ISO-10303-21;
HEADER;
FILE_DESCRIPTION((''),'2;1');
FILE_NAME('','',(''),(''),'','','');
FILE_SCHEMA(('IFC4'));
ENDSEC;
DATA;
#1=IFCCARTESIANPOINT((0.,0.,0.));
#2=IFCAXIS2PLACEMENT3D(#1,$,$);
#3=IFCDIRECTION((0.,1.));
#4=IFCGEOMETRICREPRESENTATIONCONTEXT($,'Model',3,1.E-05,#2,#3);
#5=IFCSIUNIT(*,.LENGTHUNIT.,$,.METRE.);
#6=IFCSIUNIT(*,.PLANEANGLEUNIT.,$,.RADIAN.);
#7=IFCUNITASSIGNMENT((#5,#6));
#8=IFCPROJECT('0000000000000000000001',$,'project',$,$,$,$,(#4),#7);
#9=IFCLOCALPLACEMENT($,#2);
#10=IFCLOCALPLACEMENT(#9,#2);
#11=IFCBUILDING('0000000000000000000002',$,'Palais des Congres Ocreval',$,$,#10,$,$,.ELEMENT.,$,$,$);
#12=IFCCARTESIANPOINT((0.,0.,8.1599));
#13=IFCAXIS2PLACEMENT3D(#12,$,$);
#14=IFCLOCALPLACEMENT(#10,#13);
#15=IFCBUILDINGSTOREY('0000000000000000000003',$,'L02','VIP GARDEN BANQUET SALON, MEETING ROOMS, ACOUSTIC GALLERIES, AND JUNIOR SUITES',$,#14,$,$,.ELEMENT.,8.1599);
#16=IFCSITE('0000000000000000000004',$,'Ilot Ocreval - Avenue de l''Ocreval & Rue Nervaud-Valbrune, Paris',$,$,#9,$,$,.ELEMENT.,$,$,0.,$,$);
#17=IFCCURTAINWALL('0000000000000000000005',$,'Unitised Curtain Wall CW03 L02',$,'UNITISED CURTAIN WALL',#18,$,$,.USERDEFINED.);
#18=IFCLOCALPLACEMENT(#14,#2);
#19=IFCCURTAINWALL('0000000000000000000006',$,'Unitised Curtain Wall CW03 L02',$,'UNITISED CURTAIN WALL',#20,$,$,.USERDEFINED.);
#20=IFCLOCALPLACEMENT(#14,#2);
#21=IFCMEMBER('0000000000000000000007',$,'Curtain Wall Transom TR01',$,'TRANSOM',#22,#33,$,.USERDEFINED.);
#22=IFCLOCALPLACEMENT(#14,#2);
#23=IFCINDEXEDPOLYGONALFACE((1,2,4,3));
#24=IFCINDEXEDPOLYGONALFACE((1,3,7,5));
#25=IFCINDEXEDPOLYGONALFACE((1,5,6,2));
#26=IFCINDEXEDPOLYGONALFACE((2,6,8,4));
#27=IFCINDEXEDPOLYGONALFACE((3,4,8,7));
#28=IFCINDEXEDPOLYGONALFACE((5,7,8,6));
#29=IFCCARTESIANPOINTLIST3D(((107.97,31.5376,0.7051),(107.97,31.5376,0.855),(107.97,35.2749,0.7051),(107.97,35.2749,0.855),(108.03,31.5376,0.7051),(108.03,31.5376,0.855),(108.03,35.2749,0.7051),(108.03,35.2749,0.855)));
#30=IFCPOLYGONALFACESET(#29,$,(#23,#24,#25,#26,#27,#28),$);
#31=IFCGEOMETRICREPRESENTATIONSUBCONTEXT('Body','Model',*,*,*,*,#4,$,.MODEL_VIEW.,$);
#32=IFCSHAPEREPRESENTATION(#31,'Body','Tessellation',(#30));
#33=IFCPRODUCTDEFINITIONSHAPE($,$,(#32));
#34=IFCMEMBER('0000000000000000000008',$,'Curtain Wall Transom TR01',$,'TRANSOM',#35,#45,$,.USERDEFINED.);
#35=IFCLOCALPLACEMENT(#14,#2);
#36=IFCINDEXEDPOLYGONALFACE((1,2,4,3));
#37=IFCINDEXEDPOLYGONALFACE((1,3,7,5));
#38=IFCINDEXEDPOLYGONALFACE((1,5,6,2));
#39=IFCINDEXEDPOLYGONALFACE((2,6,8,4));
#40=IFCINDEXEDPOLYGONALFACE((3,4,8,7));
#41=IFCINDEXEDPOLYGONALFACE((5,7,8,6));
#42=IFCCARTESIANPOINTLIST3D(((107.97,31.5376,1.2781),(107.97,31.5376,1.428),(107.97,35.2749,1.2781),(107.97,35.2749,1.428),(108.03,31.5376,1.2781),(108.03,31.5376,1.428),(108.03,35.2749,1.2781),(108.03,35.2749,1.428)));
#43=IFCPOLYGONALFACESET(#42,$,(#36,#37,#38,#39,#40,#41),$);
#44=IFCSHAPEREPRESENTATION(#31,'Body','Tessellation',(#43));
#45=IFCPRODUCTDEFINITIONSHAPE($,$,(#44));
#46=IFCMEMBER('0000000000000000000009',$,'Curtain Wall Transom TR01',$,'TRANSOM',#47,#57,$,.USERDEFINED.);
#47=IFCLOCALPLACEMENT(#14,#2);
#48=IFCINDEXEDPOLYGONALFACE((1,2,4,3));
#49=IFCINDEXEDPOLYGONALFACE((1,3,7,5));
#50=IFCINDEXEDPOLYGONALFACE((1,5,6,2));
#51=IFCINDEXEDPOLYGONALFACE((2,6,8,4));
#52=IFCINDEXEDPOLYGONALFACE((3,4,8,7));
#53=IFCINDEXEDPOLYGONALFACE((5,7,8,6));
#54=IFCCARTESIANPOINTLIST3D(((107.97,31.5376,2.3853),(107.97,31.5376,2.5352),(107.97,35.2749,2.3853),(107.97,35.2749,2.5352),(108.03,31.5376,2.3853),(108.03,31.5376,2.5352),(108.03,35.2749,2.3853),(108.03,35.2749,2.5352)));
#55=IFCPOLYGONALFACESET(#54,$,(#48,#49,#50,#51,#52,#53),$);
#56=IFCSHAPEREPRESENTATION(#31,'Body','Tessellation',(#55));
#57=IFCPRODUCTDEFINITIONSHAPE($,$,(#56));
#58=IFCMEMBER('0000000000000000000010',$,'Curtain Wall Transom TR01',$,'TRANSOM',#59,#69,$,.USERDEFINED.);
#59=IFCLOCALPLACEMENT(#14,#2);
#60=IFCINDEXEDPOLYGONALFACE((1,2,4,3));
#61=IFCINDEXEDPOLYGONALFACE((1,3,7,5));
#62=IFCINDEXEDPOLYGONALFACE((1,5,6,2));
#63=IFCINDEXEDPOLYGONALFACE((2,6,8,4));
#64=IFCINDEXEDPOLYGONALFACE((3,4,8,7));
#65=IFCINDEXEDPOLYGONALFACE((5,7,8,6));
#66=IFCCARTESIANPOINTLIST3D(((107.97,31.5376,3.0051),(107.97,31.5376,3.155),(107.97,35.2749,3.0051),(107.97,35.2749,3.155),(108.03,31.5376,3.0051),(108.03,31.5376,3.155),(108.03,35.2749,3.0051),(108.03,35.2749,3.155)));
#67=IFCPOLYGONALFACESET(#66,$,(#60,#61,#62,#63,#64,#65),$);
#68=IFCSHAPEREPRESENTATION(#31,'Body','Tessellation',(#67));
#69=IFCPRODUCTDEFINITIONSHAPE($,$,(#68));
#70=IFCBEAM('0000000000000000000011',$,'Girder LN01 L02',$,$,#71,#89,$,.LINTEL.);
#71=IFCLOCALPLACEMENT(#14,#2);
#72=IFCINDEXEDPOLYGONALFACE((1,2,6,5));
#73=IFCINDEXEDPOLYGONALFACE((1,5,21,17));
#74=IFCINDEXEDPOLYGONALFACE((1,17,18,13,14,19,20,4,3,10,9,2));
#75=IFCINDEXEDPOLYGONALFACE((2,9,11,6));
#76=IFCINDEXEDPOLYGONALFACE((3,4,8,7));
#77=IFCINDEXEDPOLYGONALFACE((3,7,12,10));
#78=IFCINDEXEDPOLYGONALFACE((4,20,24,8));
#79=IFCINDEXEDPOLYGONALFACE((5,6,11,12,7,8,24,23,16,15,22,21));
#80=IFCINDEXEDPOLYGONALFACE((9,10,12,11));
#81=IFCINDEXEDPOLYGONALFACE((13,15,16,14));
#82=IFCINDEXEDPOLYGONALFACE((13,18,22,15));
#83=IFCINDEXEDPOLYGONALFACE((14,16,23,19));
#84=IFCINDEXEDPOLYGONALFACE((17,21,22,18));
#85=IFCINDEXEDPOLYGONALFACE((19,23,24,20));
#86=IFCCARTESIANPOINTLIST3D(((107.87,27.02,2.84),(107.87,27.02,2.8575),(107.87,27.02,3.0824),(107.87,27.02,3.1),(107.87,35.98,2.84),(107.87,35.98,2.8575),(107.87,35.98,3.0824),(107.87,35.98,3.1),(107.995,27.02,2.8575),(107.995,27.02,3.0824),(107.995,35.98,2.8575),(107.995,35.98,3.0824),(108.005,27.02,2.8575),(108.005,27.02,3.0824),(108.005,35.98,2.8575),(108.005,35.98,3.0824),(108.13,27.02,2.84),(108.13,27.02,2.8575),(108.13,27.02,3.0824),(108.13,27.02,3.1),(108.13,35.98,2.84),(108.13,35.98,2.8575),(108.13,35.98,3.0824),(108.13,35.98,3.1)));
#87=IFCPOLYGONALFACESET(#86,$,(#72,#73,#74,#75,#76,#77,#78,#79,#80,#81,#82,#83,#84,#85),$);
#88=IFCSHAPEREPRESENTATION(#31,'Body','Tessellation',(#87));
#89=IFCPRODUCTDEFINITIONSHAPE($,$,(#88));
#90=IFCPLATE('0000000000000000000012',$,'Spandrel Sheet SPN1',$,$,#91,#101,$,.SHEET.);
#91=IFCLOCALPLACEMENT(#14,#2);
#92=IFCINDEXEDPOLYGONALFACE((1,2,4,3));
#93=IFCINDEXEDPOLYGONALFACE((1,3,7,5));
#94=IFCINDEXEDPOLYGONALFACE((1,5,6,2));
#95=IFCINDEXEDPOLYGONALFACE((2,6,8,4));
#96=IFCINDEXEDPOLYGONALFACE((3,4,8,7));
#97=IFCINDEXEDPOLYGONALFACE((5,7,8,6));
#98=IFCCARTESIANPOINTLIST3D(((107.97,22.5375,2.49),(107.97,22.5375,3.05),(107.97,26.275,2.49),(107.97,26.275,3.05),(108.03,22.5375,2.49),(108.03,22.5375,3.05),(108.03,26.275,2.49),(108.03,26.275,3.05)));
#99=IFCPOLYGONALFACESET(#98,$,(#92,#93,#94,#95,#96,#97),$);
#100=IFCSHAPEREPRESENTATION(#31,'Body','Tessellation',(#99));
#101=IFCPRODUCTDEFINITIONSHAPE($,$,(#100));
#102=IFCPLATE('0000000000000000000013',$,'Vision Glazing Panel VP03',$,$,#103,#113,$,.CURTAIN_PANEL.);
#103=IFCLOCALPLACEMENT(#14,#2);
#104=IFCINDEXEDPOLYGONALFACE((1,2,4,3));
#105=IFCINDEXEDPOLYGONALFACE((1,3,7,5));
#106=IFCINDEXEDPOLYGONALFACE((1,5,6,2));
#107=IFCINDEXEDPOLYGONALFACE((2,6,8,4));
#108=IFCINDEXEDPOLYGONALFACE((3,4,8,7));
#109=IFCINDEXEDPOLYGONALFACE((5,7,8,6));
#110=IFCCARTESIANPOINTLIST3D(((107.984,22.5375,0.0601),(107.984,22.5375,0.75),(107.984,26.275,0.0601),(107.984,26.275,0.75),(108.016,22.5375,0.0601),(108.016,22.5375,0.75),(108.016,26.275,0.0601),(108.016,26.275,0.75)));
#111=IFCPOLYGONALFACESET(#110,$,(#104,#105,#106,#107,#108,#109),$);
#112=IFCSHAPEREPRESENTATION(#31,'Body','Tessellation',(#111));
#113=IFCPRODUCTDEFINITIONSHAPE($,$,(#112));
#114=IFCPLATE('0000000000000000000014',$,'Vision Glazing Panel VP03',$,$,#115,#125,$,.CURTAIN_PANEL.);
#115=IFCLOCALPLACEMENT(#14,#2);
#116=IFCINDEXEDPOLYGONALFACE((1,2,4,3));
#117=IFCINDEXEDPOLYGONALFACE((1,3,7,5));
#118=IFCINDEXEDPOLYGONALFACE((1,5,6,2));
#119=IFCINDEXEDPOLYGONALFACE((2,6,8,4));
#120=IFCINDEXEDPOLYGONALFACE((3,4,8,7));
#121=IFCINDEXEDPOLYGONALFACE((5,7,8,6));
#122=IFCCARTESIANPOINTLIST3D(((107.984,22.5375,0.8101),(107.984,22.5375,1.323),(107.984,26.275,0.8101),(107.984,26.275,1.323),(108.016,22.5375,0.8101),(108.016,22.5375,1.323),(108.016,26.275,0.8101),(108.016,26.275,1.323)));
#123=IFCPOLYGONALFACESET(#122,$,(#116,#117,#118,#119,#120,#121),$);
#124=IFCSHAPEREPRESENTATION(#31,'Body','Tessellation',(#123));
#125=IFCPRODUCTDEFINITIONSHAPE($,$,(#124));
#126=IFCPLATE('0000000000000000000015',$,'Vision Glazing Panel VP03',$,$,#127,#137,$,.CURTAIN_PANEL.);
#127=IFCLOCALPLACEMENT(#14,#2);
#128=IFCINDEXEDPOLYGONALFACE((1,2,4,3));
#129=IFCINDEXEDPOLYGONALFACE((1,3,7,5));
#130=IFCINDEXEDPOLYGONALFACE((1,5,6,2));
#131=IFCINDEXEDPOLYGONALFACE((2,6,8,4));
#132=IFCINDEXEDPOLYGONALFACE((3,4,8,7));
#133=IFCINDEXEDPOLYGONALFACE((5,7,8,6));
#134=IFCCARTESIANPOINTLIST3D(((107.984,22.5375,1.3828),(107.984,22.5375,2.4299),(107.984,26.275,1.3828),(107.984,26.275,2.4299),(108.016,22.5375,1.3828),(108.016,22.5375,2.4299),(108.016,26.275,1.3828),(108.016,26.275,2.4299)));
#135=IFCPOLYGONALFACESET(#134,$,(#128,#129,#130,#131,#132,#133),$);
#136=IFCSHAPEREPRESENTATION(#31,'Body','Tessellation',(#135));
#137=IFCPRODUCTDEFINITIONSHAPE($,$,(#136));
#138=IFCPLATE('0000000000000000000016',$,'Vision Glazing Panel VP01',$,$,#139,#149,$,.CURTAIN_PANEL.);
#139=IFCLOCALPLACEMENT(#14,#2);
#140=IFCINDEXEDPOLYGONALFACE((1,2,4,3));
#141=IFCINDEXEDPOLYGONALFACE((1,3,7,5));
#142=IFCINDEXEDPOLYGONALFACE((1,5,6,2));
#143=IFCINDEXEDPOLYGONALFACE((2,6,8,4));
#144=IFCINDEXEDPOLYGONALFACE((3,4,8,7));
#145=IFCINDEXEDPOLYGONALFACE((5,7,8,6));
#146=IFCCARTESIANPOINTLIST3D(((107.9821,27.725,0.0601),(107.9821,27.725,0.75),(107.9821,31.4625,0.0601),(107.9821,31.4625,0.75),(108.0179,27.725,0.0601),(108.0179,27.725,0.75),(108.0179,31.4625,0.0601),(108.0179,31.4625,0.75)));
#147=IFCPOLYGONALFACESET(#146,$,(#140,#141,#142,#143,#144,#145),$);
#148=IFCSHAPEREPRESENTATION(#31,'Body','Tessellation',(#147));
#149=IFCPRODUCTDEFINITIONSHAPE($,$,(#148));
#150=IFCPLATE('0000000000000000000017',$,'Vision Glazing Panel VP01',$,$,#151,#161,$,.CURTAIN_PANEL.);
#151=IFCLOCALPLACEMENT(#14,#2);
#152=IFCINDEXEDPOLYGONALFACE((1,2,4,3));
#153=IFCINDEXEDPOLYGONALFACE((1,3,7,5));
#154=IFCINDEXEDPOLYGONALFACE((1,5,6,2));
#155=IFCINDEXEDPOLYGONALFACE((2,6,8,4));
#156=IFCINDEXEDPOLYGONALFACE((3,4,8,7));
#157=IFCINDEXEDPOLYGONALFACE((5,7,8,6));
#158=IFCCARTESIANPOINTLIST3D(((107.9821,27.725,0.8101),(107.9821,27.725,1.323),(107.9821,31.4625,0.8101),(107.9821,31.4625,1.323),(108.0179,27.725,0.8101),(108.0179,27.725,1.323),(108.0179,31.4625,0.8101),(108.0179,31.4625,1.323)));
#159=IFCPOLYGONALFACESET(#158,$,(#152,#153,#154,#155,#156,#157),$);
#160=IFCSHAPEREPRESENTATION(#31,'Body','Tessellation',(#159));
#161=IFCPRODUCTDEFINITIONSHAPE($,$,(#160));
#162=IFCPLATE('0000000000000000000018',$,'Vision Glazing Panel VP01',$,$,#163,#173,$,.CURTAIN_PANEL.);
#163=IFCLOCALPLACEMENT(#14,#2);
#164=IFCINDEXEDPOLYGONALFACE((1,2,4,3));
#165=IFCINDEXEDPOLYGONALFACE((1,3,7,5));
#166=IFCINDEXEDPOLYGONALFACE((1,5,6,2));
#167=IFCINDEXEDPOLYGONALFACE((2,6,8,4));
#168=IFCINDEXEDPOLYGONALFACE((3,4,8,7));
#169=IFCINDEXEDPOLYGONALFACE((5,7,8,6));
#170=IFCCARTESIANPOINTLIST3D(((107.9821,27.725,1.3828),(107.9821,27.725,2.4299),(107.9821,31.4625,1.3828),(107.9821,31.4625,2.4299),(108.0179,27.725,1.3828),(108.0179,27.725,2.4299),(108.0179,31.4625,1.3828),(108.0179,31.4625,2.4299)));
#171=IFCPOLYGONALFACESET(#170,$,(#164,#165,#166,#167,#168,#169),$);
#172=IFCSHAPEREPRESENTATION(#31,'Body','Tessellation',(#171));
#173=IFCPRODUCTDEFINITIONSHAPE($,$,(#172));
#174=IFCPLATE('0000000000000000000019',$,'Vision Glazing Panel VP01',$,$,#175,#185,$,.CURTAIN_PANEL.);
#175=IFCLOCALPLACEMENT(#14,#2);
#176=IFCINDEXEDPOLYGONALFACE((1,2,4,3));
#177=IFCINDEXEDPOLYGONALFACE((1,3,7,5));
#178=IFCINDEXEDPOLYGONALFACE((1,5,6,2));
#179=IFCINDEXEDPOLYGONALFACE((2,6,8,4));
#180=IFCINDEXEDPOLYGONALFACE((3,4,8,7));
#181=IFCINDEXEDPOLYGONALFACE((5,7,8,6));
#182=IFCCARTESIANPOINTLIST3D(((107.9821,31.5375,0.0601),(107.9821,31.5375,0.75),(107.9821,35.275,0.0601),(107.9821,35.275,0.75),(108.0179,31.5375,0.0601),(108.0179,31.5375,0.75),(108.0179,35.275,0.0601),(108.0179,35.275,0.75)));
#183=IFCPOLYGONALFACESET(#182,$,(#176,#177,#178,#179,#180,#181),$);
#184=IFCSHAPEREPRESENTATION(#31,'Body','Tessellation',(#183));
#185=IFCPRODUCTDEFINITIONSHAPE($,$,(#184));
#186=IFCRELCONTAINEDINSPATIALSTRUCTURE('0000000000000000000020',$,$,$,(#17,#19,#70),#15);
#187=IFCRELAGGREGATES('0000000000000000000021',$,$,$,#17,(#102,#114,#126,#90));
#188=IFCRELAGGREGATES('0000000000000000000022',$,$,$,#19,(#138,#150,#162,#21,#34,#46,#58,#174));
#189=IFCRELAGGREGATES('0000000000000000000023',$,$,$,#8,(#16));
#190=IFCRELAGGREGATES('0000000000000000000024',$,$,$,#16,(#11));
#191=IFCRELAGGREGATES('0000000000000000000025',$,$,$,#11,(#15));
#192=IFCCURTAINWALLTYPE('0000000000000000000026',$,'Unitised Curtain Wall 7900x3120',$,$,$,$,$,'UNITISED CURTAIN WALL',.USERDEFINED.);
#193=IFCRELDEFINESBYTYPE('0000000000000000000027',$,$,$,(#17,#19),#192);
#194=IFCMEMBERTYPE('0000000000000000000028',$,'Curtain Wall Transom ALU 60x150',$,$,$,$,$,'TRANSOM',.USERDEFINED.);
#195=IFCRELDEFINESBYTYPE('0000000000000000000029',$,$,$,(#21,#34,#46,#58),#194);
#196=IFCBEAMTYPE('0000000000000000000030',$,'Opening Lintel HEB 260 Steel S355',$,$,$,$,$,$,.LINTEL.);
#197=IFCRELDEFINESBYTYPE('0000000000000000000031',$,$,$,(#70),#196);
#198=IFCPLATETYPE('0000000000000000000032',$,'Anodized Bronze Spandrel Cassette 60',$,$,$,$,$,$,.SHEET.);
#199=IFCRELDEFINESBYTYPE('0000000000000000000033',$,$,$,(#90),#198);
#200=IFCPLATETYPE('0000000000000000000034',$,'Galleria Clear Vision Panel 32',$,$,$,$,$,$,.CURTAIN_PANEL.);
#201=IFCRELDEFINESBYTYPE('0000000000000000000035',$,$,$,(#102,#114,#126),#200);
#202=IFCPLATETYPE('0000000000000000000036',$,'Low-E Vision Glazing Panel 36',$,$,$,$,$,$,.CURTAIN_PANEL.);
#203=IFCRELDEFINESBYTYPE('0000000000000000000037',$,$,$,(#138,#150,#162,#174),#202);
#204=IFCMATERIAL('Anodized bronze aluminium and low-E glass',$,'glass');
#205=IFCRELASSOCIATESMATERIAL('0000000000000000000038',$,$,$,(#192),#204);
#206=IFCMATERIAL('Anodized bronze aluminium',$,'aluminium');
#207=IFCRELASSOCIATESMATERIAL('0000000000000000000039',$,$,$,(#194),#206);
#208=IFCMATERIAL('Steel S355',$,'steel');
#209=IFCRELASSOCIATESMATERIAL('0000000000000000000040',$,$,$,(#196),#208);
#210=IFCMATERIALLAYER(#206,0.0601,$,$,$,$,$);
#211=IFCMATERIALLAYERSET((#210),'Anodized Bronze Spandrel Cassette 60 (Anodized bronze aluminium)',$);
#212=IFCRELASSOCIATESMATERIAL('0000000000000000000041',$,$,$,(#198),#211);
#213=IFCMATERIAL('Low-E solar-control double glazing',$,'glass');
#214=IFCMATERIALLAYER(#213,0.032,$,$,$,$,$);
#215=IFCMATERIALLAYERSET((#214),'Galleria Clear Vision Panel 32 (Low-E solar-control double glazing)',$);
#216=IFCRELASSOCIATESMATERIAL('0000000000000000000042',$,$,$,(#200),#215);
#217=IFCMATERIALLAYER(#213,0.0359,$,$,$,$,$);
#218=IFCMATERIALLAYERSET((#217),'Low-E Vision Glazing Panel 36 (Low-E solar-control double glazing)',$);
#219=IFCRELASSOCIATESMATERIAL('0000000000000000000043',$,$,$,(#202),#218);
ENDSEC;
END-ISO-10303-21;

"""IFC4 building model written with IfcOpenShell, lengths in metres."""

from ifc_helpers import new_model, si_unit, direction, frame, origin, origin_2d, place, context, subcontext, project, spatial, rectangle, i_section, extrude, material, layer, layer_set, material_profile, profile_set, type_object, element, aggregate, save


model = new_model("IFC4")

# Units and contexts
model_context = context("Model", 3, precision=1e-05, world=origin(), true_north=direction((0.0, 1.0)))
body_context = subcontext(model_context, "Body", "Model", "MODEL_VIEW")
ifc_project = project(units=[si_unit("LENGTHUNIT", "METRE"), si_unit("PLANEANGLEUNIT", "RADIAN")], contexts=[model_context])

# Site, building, storey
site_placement = place(None, origin())
site = spatial("IfcSite", under=ifc_project, at=site_placement, Name="Ilot Ocreval - Avenue de l'Ocreval & Rue Nervaud-Valbrune, Paris", CompositionType="ELEMENT", RefElevation=0.0)
building_placement = place(site_placement, origin())
building = spatial("IfcBuilding", under=site, at=building_placement, Name="Palais des Congres Ocreval", CompositionType="ELEMENT")
storey_placement = place(building_placement, frame((0.0, 0.0, 8.1599)))
storey = spatial("IfcBuildingStorey", under=building, at=storey_placement, Name="L02", Description="VIP GARDEN BANQUET SALON, MEETING ROOMS, ACOUSTIC GALLERIES, AND JUNIOR SUITES", CompositionType="ELEMENT", Elevation=8.1599)

# Shared definitions
ifc_material_1 = material(Name="Steel S355", Category="steel")

# Curtain wall
ifc_material_2 = material(Name="Anodized bronze aluminium and low-E glass", Category="glass")
curtain_wall_type = type_object("IfcCurtainWallType", Name="Unitised Curtain Wall 7900x3120", ElementType="UNITISED CURTAIN WALL", PredefinedType="USERDEFINED", material=ifc_material_2)
curtain_wall_1_placement = place(storey_placement, origin())
curtain_wall_1 = element("IfcCurtainWall", 1, at=curtain_wall_1_placement, inside=storey, type_object=curtain_wall_type, Name="Unitised Curtain Wall CW03 L02", ObjectType="UNITISED CURTAIN WALL", PredefinedType="USERDEFINED")
ifc_material_3 = material(Name="Anodized bronze aluminium", Category="aluminium")

# Curtain wall
curtain_wall_2_placement = place(storey_placement, origin())
curtain_wall_2 = element("IfcCurtainWall", 2, at=curtain_wall_2_placement, inside=storey, type_object=curtain_wall_type, Name="Unitised Curtain Wall CW03 L02", ObjectType="UNITISED CURTAIN WALL", PredefinedType="USERDEFINED")

# Members
ifc_material_profile_1 = material_profile(ifc_material_3, rectangle(XDim=0.0601, YDim=0.1499, at=origin_2d()), Name="ALU 60x150")
ifc_profile_set_1 = profile_set([ifc_material_profile_1], Name="Anodized bronze aluminium")
member_type_1 = type_object("IfcMemberType", Name="Curtain Wall Transom ALU 60x150", ElementType="TRANSOM", PredefinedType="USERDEFINED", material=ifc_profile_set_1)
member_1_placement = place(storey_placement, frame((108.0, 31.5376, 0.78), z_axis=(0.0, 1.0, 0.0), x_axis=(-1.0, 0.0, 0.0)))
member_1 = element("IfcMember", 3, at=member_1_placement, type_object=member_type_1, Name="Curtain Wall Transom TR01", ObjectType="TRANSOM", PredefinedType="USERDEFINED", context=body_context, shape_type="SweptSolid", body=[
    extrude(rectangle(XDim=0.0601, YDim=0.1499, at=origin_2d()), origin(), (0.0, 0.0, 1.0), 3.7373),
])
member_2_placement = place(storey_placement, frame((108.0, 31.5376, 1.353), z_axis=(0.0, 1.0, 0.0), x_axis=(-1.0, 0.0, 0.0)))
member_2 = element("IfcMember", 4, at=member_2_placement, type_object=member_type_1, Name="Curtain Wall Transom TR01", ObjectType="TRANSOM", PredefinedType="USERDEFINED", context=body_context, shape_type="SweptSolid", body=[
    extrude(rectangle(XDim=0.0601, YDim=0.1499, at=origin_2d()), origin(), (0.0, 0.0, 1.0), 3.7373),
])
member_3_placement = place(storey_placement, frame((108.0, 31.5376, 2.4602), z_axis=(0.0, 1.0, 0.0), x_axis=(-1.0, 0.0, 0.0)))
member_3 = element("IfcMember", 5, at=member_3_placement, type_object=member_type_1, Name="Curtain Wall Transom TR01", ObjectType="TRANSOM", PredefinedType="USERDEFINED", context=body_context, shape_type="SweptSolid", body=[
    extrude(rectangle(XDim=0.0601, YDim=0.1499, at=origin_2d()), origin(), (0.0, 0.0, 1.0), 3.7373),
])
member_4_placement = place(storey_placement, frame((108.0, 31.5376, 3.0801), z_axis=(0.0, 1.0, 0.0), x_axis=(-1.0, 0.0, 0.0)))
member_4 = element("IfcMember", 6, at=member_4_placement, type_object=member_type_1, Name="Curtain Wall Transom TR01", ObjectType="TRANSOM", PredefinedType="USERDEFINED", context=body_context, shape_type="SweptSolid", body=[
    extrude(rectangle(XDim=0.0601, YDim=0.1499, at=origin_2d()), origin(), (0.0, 0.0, 1.0), 3.7373),
])

# Beam
ifc_material_profile_2 = material_profile(ifc_material_1, i_section(OverallWidth=0.26, OverallDepth=0.26, WebThickness=0.01, FlangeThickness=0.0176, at=origin_2d()), Name="HEB 260")
ifc_profile_set_2 = profile_set([ifc_material_profile_2], Name="Steel S355")
beam_type = type_object("IfcBeamType", Name="Opening Lintel HEB 260 Steel S355", PredefinedType="LINTEL", material=ifc_profile_set_2)
beam_placement = place(storey_placement, frame((108.0, 27.02, 2.97), z_axis=(0.0, 1.0, 0.0), x_axis=(-1.0, 0.0, 0.0)))
element("IfcBeam", 7, at=beam_placement, inside=storey, type_object=beam_type, Name="Girder LN01 L02", PredefinedType="LINTEL", context=body_context, shape_type="SweptSolid", body=[
    extrude(i_section(OverallWidth=0.26, OverallDepth=0.26, WebThickness=0.01, FlangeThickness=0.0176, at=origin_2d()), origin(), (0.0, 0.0, 1.0), 8.96),
])

# Plates
ifc_layer_1 = layer(ifc_material_3, 0.0601)
ifc_layer_set_1 = layer_set([ifc_layer_1], Name="Anodized Bronze Spandrel Cassette 60 (Anodized bronze aluminium)")
plate_type_1 = type_object("IfcPlateType", Name="Anodized Bronze Spandrel Cassette 60", PredefinedType="SHEET", material=ifc_layer_set_1)
plate_1_placement = place(storey_placement, frame((108.0, 24.4062, 2.49), z_axis=(0.0, 0.0, 1.0), x_axis=(0.0, 1.0, 0.0)))
plate_1 = element("IfcPlate", 8, at=plate_1_placement, type_object=plate_type_1, Name="Spandrel Sheet SPN1", PredefinedType="SHEET", context=body_context, shape_type="SweptSolid", body=[
    extrude(rectangle(XDim=3.7375, YDim=0.0601, at=origin_2d()), origin(), (0.0, 0.0, 1.0), 0.5601),
])
ifc_material_4 = material(Name="Low-E solar-control double glazing", Category="glass")
ifc_layer_2 = layer(ifc_material_4, 0.032)
ifc_layer_set_2 = layer_set([ifc_layer_2], Name="Galleria Clear Vision Panel 32 (Low-E solar-control double glazing)")
plate_type_2 = type_object("IfcPlateType", Name="Galleria Clear Vision Panel 32", PredefinedType="CURTAIN_PANEL", material=ifc_layer_set_2)
plate_2_placement = place(storey_placement, frame((108.0, 24.4062, 0.0601), z_axis=(0.0, 0.0, 1.0), x_axis=(0.0, 1.0, 0.0)))
plate_2 = element("IfcPlate", 9, at=plate_2_placement, type_object=plate_type_2, Name="Vision Glazing Panel VP03", PredefinedType="CURTAIN_PANEL", context=body_context, shape_type="SweptSolid", body=[
    extrude(rectangle(XDim=3.7375, YDim=0.032, at=origin_2d()), origin(), (0.0, 0.0, 1.0), 0.6899),
])
plate_3_placement = place(storey_placement, frame((108.0, 24.4062, 0.8101), z_axis=(0.0, 0.0, 1.0), x_axis=(0.0, 1.0, 0.0)))
plate_3 = element("IfcPlate", 10, at=plate_3_placement, type_object=plate_type_2, Name="Vision Glazing Panel VP03", PredefinedType="CURTAIN_PANEL", context=body_context, shape_type="SweptSolid", body=[
    extrude(rectangle(XDim=3.7375, YDim=0.032, at=origin_2d()), origin(), (0.0, 0.0, 1.0), 0.5129),
])
plate_4_placement = place(storey_placement, frame((108.0, 24.4062, 1.3828), z_axis=(0.0, 0.0, 1.0), x_axis=(0.0, 1.0, 0.0)))
plate_4 = element("IfcPlate", 11, at=plate_4_placement, type_object=plate_type_2, Name="Vision Glazing Panel VP03", PredefinedType="CURTAIN_PANEL", context=body_context, shape_type="SweptSolid", body=[
    extrude(rectangle(XDim=3.7375, YDim=0.032, at=origin_2d()), origin(), (0.0, 0.0, 1.0), 1.0471),
])
aggregate(curtain_wall_1, [plate_2, plate_3, plate_4, plate_1])
ifc_layer_3 = layer(ifc_material_4, 0.0359)
ifc_layer_set_3 = layer_set([ifc_layer_3], Name="Low-E Vision Glazing Panel 36 (Low-E solar-control double glazing)")
plate_type_3 = type_object("IfcPlateType", Name="Low-E Vision Glazing Panel 36", PredefinedType="CURTAIN_PANEL", material=ifc_layer_set_3)
plate_5_placement = place(storey_placement, frame((108.0, 29.5938, 0.0601), z_axis=(0.0, 0.0, 1.0), x_axis=(0.0, 1.0, 0.0)))
plate_5 = element("IfcPlate", 12, at=plate_5_placement, type_object=plate_type_3, Name="Vision Glazing Panel VP01", PredefinedType="CURTAIN_PANEL", context=body_context, shape_type="SweptSolid", body=[
    extrude(rectangle(XDim=3.7375, YDim=0.0359, at=origin_2d()), origin(), (0.0, 0.0, 1.0), 0.6899),
])
plate_6_placement = place(storey_placement, frame((108.0, 29.5938, 0.8101), z_axis=(0.0, 0.0, 1.0), x_axis=(0.0, 1.0, 0.0)))
plate_6 = element("IfcPlate", 13, at=plate_6_placement, type_object=plate_type_3, Name="Vision Glazing Panel VP01", PredefinedType="CURTAIN_PANEL", context=body_context, shape_type="SweptSolid", body=[
    extrude(rectangle(XDim=3.7375, YDim=0.0359, at=origin_2d()), origin(), (0.0, 0.0, 1.0), 0.5129),
])
plate_7_placement = place(storey_placement, frame((108.0, 29.5938, 1.3828), z_axis=(0.0, 0.0, 1.0), x_axis=(0.0, 1.0, 0.0)))
plate_7 = element("IfcPlate", 14, at=plate_7_placement, type_object=plate_type_3, Name="Vision Glazing Panel VP01", PredefinedType="CURTAIN_PANEL", context=body_context, shape_type="SweptSolid", body=[
    extrude(rectangle(XDim=3.7375, YDim=0.0359, at=origin_2d()), origin(), (0.0, 0.0, 1.0), 1.0471),
])
plate_8_placement = place(storey_placement, frame((108.0, 33.4062, 0.0601), z_axis=(0.0, 0.0, 1.0), x_axis=(0.0, 1.0, 0.0)))
plate_8 = element("IfcPlate", 15, at=plate_8_placement, type_object=plate_type_3, Name="Vision Glazing Panel VP01", PredefinedType="CURTAIN_PANEL", context=body_context, shape_type="SweptSolid", body=[
    extrude(rectangle(XDim=3.7375, YDim=0.0359, at=origin_2d()), origin(), (0.0, 0.0, 1.0), 0.6899),
])

aggregate(curtain_wall_2, [plate_5, plate_6, plate_7, member_1, member_2, member_3, member_4, plate_8])

save(model, "model.ifc")
